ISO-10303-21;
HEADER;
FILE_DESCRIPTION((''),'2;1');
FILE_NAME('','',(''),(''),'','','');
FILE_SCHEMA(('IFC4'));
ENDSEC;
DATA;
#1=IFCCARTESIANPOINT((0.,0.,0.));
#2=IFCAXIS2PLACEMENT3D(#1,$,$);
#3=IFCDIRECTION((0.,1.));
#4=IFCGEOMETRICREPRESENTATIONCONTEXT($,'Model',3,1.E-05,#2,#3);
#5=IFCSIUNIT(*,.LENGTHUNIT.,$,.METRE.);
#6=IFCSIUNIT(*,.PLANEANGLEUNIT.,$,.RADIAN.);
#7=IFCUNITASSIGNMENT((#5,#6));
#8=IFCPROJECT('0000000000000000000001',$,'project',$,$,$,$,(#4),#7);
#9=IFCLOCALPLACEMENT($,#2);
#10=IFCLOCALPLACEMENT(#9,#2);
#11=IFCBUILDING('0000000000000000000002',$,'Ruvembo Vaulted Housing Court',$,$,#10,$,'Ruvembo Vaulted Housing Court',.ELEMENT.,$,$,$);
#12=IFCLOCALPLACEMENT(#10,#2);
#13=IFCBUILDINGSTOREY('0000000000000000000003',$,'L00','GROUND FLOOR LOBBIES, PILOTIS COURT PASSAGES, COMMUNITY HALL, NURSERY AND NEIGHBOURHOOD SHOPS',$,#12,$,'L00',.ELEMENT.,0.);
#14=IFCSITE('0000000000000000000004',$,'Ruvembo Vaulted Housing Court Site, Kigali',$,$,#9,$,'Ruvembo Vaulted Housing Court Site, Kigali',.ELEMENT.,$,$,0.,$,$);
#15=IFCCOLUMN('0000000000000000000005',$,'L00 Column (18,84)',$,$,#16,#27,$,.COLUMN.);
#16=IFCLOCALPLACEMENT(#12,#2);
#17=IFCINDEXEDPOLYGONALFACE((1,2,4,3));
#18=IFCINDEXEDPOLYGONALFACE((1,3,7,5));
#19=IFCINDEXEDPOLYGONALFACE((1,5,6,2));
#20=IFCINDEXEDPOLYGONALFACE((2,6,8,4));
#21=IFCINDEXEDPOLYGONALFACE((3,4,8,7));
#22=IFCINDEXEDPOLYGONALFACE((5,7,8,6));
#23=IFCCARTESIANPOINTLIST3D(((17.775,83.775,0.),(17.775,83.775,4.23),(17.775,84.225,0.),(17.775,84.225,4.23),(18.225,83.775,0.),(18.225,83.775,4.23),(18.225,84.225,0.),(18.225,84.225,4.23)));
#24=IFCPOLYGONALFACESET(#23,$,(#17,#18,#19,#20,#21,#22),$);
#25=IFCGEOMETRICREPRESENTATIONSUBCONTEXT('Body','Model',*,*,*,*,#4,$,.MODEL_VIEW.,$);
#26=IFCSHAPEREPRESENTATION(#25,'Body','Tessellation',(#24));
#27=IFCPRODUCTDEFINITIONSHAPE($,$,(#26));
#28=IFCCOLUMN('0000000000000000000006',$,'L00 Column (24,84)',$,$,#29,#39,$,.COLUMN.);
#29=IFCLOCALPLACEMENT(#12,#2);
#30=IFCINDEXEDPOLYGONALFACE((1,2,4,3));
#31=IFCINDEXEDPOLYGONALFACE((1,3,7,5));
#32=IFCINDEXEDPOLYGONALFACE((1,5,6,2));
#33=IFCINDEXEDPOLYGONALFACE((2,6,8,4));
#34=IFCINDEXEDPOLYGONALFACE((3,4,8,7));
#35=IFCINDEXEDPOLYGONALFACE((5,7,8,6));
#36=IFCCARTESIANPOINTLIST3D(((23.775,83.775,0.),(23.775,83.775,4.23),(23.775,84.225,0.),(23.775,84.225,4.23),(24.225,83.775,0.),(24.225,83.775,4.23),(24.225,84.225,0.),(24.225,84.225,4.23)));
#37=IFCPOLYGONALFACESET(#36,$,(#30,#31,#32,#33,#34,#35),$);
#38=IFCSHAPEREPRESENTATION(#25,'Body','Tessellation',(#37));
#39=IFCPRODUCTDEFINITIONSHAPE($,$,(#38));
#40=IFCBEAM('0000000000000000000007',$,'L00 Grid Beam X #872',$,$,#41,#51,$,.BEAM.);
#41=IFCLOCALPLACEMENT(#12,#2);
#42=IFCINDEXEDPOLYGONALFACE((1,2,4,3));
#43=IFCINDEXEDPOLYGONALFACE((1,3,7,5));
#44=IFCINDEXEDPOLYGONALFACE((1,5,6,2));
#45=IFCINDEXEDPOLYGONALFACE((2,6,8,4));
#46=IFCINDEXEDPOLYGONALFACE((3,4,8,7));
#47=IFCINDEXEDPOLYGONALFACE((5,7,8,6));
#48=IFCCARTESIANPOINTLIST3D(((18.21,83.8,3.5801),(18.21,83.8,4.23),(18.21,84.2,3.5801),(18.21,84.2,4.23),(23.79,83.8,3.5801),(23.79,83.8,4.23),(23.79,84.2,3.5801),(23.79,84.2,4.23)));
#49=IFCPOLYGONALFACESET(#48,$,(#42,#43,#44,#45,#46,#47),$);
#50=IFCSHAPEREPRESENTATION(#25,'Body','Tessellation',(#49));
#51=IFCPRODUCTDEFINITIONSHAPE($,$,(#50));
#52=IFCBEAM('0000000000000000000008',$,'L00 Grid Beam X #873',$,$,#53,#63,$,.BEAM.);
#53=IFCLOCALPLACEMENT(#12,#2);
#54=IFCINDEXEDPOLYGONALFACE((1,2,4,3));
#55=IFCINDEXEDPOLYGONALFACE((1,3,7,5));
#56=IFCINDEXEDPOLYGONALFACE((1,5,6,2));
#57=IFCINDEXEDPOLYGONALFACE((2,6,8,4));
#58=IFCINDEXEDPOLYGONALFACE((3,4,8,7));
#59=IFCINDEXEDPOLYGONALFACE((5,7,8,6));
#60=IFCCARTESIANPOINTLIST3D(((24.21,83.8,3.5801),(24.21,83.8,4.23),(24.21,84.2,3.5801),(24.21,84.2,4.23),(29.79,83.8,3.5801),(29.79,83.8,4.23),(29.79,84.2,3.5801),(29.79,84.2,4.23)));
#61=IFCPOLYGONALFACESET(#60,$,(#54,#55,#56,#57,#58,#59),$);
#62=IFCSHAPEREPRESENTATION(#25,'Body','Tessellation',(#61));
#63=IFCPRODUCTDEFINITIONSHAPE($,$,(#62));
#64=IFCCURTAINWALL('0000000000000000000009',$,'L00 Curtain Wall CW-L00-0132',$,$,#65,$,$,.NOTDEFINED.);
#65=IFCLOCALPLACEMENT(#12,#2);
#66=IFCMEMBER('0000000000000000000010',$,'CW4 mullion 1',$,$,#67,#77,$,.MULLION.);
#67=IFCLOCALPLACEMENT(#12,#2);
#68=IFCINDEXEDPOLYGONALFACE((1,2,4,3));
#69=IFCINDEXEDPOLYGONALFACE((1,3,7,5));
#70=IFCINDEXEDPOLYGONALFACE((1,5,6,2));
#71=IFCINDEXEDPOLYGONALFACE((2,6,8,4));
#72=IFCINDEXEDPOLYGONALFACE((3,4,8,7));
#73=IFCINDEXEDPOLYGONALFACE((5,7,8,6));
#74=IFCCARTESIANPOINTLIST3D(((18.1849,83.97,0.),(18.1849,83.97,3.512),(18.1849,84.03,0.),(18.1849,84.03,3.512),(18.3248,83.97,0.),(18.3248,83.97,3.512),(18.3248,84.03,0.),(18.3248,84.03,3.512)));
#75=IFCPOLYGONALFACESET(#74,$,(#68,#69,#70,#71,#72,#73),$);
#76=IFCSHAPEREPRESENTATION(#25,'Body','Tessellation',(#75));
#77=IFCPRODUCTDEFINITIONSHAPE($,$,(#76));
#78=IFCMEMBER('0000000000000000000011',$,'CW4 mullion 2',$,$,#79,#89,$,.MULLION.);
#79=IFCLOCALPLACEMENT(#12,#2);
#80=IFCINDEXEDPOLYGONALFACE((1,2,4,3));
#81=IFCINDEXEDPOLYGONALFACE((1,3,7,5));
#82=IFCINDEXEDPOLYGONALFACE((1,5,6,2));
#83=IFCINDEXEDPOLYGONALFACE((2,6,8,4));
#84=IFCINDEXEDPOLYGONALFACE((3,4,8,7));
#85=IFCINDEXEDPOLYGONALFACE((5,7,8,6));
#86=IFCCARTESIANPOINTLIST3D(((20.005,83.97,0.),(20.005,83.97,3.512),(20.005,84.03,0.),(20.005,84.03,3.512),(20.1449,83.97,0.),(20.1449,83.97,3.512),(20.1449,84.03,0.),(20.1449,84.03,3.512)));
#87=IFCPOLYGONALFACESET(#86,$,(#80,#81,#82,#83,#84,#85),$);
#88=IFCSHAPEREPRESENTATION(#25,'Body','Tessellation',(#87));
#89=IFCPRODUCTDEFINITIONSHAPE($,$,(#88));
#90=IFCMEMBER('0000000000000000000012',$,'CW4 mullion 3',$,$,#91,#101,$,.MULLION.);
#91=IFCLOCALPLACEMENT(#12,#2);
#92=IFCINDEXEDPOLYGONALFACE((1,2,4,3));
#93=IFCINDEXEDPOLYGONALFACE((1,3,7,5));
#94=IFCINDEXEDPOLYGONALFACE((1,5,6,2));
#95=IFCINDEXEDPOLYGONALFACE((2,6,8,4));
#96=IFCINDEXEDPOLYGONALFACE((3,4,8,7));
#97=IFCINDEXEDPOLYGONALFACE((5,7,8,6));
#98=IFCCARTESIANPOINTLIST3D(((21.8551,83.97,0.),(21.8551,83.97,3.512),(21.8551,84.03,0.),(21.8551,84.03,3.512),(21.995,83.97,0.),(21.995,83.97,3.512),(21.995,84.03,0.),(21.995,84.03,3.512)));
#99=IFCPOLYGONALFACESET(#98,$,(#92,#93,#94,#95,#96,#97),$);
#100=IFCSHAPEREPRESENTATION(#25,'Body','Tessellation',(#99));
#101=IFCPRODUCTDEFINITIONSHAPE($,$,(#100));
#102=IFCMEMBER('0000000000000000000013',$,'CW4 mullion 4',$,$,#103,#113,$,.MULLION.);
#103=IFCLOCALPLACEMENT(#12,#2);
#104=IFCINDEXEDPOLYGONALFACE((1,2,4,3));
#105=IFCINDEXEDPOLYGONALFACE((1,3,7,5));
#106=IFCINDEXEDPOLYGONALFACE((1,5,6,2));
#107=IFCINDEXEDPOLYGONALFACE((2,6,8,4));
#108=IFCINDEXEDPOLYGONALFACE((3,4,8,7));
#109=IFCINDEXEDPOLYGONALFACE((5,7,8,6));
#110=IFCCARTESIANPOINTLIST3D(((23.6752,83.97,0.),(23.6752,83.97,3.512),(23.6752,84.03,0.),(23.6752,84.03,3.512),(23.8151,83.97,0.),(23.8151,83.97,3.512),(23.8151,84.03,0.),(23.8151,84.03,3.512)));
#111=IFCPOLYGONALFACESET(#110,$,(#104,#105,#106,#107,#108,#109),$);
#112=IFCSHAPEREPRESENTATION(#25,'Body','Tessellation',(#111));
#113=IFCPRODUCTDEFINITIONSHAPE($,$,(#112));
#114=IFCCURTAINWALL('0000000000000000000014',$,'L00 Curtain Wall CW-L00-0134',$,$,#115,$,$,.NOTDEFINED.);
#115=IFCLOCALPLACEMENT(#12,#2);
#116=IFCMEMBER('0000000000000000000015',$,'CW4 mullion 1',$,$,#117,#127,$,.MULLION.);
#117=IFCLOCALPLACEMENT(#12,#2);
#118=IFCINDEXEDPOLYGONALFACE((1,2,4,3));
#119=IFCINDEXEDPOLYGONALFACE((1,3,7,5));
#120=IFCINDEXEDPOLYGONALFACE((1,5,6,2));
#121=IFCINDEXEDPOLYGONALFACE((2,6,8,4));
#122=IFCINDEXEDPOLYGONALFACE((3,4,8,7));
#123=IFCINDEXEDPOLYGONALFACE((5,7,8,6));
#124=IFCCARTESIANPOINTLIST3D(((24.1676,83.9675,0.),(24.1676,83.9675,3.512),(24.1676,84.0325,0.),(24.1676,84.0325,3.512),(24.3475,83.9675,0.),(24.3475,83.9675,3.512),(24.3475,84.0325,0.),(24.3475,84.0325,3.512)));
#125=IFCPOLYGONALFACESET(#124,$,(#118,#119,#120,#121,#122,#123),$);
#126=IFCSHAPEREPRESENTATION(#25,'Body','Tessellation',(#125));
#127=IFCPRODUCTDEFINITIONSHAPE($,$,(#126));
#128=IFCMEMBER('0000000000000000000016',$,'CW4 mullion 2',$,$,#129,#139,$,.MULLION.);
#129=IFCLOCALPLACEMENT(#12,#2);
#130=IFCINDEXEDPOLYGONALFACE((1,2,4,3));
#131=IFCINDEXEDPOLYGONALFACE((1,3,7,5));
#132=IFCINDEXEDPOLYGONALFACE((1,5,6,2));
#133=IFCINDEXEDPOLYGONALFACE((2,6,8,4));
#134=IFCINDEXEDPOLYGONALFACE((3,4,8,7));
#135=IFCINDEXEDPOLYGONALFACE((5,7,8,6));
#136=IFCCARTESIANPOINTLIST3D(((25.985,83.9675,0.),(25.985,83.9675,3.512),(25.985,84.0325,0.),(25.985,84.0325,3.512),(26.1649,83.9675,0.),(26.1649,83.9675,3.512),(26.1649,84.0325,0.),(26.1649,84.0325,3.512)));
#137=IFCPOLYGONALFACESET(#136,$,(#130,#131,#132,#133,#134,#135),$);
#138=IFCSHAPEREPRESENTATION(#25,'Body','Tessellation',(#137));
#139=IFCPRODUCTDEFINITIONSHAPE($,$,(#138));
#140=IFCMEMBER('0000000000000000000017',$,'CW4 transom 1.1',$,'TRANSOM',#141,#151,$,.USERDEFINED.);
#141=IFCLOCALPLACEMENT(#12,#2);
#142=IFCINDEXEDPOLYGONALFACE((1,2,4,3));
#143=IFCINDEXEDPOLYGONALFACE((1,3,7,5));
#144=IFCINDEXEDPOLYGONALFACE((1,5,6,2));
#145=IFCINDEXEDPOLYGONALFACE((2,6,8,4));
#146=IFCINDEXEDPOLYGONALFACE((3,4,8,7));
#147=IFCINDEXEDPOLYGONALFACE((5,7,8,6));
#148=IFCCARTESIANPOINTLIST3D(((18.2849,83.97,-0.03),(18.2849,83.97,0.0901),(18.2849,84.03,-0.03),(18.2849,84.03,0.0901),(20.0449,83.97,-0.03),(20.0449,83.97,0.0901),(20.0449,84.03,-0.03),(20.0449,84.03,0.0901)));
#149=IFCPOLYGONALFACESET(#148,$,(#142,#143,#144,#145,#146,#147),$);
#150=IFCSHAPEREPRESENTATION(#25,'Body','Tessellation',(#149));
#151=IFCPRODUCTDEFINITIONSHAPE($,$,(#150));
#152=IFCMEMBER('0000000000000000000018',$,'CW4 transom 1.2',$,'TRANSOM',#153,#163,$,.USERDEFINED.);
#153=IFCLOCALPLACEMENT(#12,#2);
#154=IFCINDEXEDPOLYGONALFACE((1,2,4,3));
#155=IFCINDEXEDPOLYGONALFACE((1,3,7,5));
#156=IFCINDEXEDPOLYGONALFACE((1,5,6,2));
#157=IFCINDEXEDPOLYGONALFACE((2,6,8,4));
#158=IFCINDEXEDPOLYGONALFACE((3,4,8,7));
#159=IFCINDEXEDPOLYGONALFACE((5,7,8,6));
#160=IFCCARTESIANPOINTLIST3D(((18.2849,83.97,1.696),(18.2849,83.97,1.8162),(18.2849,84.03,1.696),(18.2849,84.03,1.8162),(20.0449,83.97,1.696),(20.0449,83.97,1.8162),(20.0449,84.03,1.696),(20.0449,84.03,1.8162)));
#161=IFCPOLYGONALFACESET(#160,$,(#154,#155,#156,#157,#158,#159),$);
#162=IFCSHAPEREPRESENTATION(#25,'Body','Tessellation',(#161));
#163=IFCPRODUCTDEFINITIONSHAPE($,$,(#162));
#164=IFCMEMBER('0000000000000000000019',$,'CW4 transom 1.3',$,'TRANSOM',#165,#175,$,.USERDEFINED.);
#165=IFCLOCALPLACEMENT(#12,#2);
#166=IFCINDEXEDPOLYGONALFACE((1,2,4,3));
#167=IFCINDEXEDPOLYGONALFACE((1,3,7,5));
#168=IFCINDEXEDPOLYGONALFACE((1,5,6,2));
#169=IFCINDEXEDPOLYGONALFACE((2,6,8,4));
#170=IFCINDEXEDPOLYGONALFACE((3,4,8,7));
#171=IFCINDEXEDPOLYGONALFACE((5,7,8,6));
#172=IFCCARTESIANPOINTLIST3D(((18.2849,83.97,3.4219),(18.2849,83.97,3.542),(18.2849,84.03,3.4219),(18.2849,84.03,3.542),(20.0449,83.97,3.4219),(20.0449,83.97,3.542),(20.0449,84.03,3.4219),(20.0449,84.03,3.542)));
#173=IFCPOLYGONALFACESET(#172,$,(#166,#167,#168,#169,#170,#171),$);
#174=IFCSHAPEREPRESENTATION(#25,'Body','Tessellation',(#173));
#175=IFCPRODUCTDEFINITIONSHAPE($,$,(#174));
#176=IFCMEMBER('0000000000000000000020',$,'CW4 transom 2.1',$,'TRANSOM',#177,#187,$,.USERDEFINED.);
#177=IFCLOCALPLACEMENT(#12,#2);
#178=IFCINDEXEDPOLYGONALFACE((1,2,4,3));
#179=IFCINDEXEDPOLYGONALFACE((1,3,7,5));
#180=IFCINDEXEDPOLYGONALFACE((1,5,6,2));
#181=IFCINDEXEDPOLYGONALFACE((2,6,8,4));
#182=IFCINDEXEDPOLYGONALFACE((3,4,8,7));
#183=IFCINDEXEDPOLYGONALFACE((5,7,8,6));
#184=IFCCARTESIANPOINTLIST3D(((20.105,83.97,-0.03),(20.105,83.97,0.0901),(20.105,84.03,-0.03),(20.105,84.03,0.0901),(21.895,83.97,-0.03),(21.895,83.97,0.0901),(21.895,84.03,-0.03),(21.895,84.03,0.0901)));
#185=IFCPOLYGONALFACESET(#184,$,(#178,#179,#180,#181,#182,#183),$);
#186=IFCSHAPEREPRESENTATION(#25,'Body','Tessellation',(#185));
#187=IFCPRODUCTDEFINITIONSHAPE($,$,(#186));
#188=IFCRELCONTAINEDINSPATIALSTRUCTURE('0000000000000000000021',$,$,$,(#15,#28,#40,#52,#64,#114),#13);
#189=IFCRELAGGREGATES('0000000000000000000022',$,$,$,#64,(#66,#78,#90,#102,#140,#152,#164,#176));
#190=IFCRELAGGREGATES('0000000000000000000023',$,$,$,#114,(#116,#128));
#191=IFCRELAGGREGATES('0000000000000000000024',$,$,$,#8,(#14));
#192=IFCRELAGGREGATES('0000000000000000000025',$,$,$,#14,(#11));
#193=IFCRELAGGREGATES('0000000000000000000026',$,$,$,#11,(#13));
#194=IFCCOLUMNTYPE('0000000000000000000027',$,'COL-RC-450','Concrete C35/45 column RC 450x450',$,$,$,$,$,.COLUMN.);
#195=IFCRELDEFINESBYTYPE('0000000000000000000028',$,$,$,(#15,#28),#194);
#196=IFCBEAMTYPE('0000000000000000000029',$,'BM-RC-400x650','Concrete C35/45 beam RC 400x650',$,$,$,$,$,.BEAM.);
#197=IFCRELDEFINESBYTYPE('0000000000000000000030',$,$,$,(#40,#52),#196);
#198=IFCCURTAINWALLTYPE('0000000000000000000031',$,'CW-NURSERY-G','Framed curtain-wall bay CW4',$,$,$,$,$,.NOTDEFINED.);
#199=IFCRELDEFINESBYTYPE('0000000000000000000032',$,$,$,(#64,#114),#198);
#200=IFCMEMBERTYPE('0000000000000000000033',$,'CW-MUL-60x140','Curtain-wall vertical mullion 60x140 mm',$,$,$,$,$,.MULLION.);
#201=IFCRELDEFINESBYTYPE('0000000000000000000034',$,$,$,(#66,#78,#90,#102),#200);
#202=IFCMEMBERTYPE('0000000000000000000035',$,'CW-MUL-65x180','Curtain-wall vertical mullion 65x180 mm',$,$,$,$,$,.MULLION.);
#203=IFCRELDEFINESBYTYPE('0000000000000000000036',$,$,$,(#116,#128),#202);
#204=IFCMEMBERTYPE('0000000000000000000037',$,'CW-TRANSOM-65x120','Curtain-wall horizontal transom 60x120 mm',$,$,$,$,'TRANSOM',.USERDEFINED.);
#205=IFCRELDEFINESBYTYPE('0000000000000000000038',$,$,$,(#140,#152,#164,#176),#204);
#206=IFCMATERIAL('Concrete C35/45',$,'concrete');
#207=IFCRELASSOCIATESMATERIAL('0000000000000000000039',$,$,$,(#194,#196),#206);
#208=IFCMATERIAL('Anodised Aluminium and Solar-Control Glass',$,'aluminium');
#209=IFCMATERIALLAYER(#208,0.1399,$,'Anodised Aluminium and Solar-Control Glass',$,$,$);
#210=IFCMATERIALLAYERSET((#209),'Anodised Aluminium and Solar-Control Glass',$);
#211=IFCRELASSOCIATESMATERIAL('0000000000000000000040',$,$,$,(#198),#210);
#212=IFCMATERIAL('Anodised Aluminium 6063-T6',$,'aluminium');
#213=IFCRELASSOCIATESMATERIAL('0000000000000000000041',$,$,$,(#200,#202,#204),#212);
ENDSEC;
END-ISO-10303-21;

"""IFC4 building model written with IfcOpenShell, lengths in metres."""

from ifc_helpers import new_model, si_unit, direction, frame, origin, origin_2d, place, context, subcontext, project, spatial, rectangle, extrude, material, layer, layer_set, material_profile, profile_set, type_object, element, aggregate, save


model = new_model("IFC4")

# Units and contexts
model_context = context("Model", 3, precision=1e-05, world=origin(), true_north=direction((0.0, 1.0)))
body_context = subcontext(model_context, "Body", "Model", "MODEL_VIEW")
ifc_project = project(units=[si_unit("LENGTHUNIT", "METRE"), si_unit("PLANEANGLEUNIT", "RADIAN")], contexts=[model_context])

# Site, building, storey
site_placement = place(None, origin())
site = spatial("IfcSite", under=ifc_project, at=site_placement, Name="Ruvembo Vaulted Housing Court Site, Kigali", LongName="Ruvembo Vaulted Housing Court Site, Kigali", CompositionType="ELEMENT", RefElevation=0.0)
building_placement = place(site_placement, origin())
building = spatial("IfcBuilding", under=site, at=building_placement, Name="Ruvembo Vaulted Housing Court", LongName="Ruvembo Vaulted Housing Court", CompositionType="ELEMENT")
storey_placement = place(building_placement, origin())
storey = spatial("IfcBuildingStorey", under=building, at=storey_placement, Name="L00", Description="GROUND FLOOR LOBBIES, PILOTIS COURT PASSAGES, COMMUNITY HALL, NURSERY AND NEIGHBOURHOOD SHOPS", LongName="L00", CompositionType="ELEMENT", Elevation=0.0)

# Columns
ifc_material_1 = material(Name="Concrete C35/45", Category="concrete")
ifc_material_profile_1 = material_profile(ifc_material_1, rectangle(XDim=0.45, YDim=0.45, at=origin_2d()), Name="RC 450x450")
ifc_profile_set_1 = profile_set([ifc_material_profile_1], Name="Concrete C35/45")
column_type = type_object("IfcColumnType", Name="COL-RC-450", Description="Concrete C35/45 column RC 450x450", PredefinedType="COLUMN", material=ifc_profile_set_1)
for number, where, z_axis, x_axis, name in (
    (1, (18.0, 84.0, 0.0), (0.0, 0.0, 1.0), (1.0, 0.0, 0.0), "L00 Column (18,84)"),
    (2, (24.0, 84.0, 0.0), (0.0, 0.0, 1.0), (1.0, 0.0, 0.0), "L00 Column (24,84)"),
):
    element("IfcColumn", number, at=place(storey_placement, frame(where, z_axis=z_axis, x_axis=x_axis)), inside=storey, type_object=column_type, Name=name, PredefinedType="COLUMN", context=body_context, shape_type="SweptSolid", body=[
        extrude(rectangle(XDim=0.45, YDim=0.45, at=origin_2d()), origin(), (0.0, 0.0, 1.0), 4.23),
    ])

# Beams
ifc_material_profile_2 = material_profile(ifc_material_1, rectangle(XDim=0.3999, YDim=0.6499, at=origin_2d()), Name="RC 400x650")
ifc_profile_set_2 = profile_set([ifc_material_profile_2], Name="Concrete C35/45")
beam_type = type_object("IfcBeamType", Name="BM-RC-400x650", Description="Concrete C35/45 beam RC 400x650", PredefinedType="BEAM", material=ifc_profile_set_2)
for number, where, z_axis, x_axis, name in (
    (3, (18.21, 84.0, 3.905), (1.0, 0.0, 0.0), (0.0, 1.0, 0.0), "L00 Grid Beam X #872"),
    (4, (24.21, 84.0, 3.905), (1.0, 0.0, 0.0), (0.0, 1.0, 0.0), "L00 Grid Beam X #873"),
):
    element("IfcBeam", number, at=place(storey_placement, frame(where, z_axis=z_axis, x_axis=x_axis)), inside=storey, type_object=beam_type, Name=name, PredefinedType="BEAM", context=body_context, shape_type="SweptSolid", body=[
        extrude(rectangle(XDim=0.3999, YDim=0.6499, at=origin_2d()), origin(), (0.0, 0.0, 1.0), 5.5801),
    ])

# Curtain walls, members
ifc_material_2 = material(Name="Anodised Aluminium and Solar-Control Glass", Category="aluminium")
ifc_layer_1 = layer(ifc_material_2, 0.1399, Name="Anodised Aluminium and Solar-Control Glass")
ifc_layer_set_1 = layer_set([ifc_layer_1], Name="Anodised Aluminium and Solar-Control Glass")
curtain_wall_type = type_object("IfcCurtainWallType", Name="CW-NURSERY-G", Description="Framed curtain-wall bay CW4", PredefinedType="NOTDEFINED", material=ifc_layer_set_1)
curtain_wall_1_placement = place(storey_placement, origin())
curtain_wall_1 = element("IfcCurtainWall", 5, at=curtain_wall_1_placement, inside=storey, type_object=curtain_wall_type, Name="L00 Curtain Wall CW-L00-0132", PredefinedType="NOTDEFINED")
ifc_material_3 = material(Name="Anodised Aluminium 6063-T6", Category="aluminium")
ifc_material_profile_3 = material_profile(ifc_material_3, rectangle(XDim=0.0601, YDim=0.1399, at=origin_2d()), Name="ALU 60x140")
ifc_profile_set_3 = profile_set([ifc_material_profile_3], Name="Anodised Aluminium 6063-T6")
member_type_1 = type_object("IfcMemberType", Name="CW-MUL-60x140", Description="Curtain-wall vertical mullion 60x140 mm", PredefinedType="MULLION", material=ifc_profile_set_3)
member_1_placement = place(storey_placement, frame((18.2549, 84.0, 0.0), z_axis=(0.0, 0.0, 1.0), x_axis=(0.0, 1.0, 0.0)))
member_1 = element("IfcMember", 6, at=member_1_placement, type_object=member_type_1, Name="CW4 mullion 1", PredefinedType="MULLION", context=body_context, shape_type="SweptSolid", body=[
    extrude(rectangle(XDim=0.0601, YDim=0.1399, at=origin_2d()), origin(), (0.0, 0.0, 1.0), 3.512),
])
member_2_placement = place(storey_placement, frame((20.075, 84.0, 0.0), z_axis=(0.0, 0.0, 1.0), x_axis=(0.0, 1.0, 0.0)))
member_2 = element("IfcMember", 7, at=member_2_placement, type_object=member_type_1, Name="CW4 mullion 2", PredefinedType="MULLION", context=body_context, shape_type="SweptSolid", body=[
    extrude(rectangle(XDim=0.0601, YDim=0.1399, at=origin_2d()), origin(), (0.0, 0.0, 1.0), 3.512),
])
member_3_placement = place(storey_placement, frame((21.925, 84.0, 0.0), z_axis=(0.0, 0.0, 1.0), x_axis=(0.0, 1.0, 0.0)))
member_3 = element("IfcMember", 8, at=member_3_placement, type_object=member_type_1, Name="CW4 mullion 3", PredefinedType="MULLION", context=body_context, shape_type="SweptSolid", body=[
    extrude(rectangle(XDim=0.0601, YDim=0.1399, at=origin_2d()), origin(), (0.0, 0.0, 1.0), 3.512),
])
member_4_placement = place(storey_placement, frame((23.7451, 84.0, 0.0), z_axis=(0.0, 0.0, 1.0), x_axis=(0.0, 1.0, 0.0)))
member_4 = element("IfcMember", 9, at=member_4_placement, type_object=member_type_1, Name="CW4 mullion 4", PredefinedType="MULLION", context=body_context, shape_type="SweptSolid", body=[
    extrude(rectangle(XDim=0.0601, YDim=0.1399, at=origin_2d()), origin(), (0.0, 0.0, 1.0), 3.512),
])
curtain_wall_2_placement = place(storey_placement, origin())
curtain_wall_2 = element("IfcCurtainWall", 10, at=curtain_wall_2_placement, inside=storey, type_object=curtain_wall_type, Name="L00 Curtain Wall CW-L00-0134", PredefinedType="NOTDEFINED")
ifc_material_profile_4 = material_profile(ifc_material_3, rectangle(XDim=0.0649, YDim=0.1799, at=origin_2d()), Name="ALU 65x180")
ifc_profile_set_4 = profile_set([ifc_material_profile_4], Name="Anodised Aluminium 6063-T6")
member_type_2 = type_object("IfcMemberType", Name="CW-MUL-65x180", Description="Curtain-wall vertical mullion 65x180 mm", PredefinedType="MULLION", material=ifc_profile_set_4)
member_5_placement = place(storey_placement, frame((24.2576, 84.0, 0.0), z_axis=(0.0, 0.0, 1.0), x_axis=(0.0, 1.0, 0.0)))
member_5 = element("IfcMember", 11, at=member_5_placement, type_object=member_type_2, Name="CW4 mullion 1", PredefinedType="MULLION", context=body_context, shape_type="SweptSolid", body=[
    extrude(rectangle(XDim=0.0649, YDim=0.1799, at=origin_2d()), origin(), (0.0, 0.0, 1.0), 3.512),
])
member_6_placement = place(storey_placement, frame((26.075, 84.0, 0.0), z_axis=(0.0, 0.0, 1.0), x_axis=(0.0, 1.0, 0.0)))
member_6 = element("IfcMember", 12, at=member_6_placement, type_object=member_type_2, Name="CW4 mullion 2", PredefinedType="MULLION", context=body_context, shape_type="SweptSolid", body=[
    extrude(rectangle(XDim=0.0649, YDim=0.1799, at=origin_2d()), origin(), (0.0, 0.0, 1.0), 3.512),
])

# Members
ifc_material_profile_5 = material_profile(ifc_material_3, rectangle(XDim=0.0601, YDim=0.1201, at=origin_2d()), Name="ALU 60x120")
ifc_profile_set_5 = profile_set([ifc_material_profile_5], Name="Anodised Aluminium 6063-T6")
member_type_3 = type_object("IfcMemberType", Name="CW-TRANSOM-65x120", Description="Curtain-wall horizontal transom 60x120 mm", ElementType="TRANSOM", PredefinedType="USERDEFINED", material=ifc_profile_set_5)
member_7_placement = place(storey_placement, frame((18.2849, 84.0, 0.03), z_axis=(1.0, 0.0, 0.0), x_axis=(0.0, 1.0, 0.0)))
member_7 = element("IfcMember", 13, at=member_7_placement, type_object=member_type_3, Name="CW4 transom 1.1", ObjectType="TRANSOM", PredefinedType="USERDEFINED", context=body_context, shape_type="SweptSolid", body=[
    extrude(rectangle(XDim=0.0601, YDim=0.1201, at=origin_2d()), origin(), (0.0, 0.0, 1.0), 1.76),
])
member_8_placement = place(storey_placement, frame((18.2849, 84.0, 1.7561), z_axis=(1.0, 0.0, 0.0), x_axis=(0.0, 1.0, 0.0)))
member_8 = element("IfcMember", 14, at=member_8_placement, type_object=member_type_3, Name="CW4 transom 1.2", ObjectType="TRANSOM", PredefinedType="USERDEFINED", context=body_context, shape_type="SweptSolid", body=[
    extrude(rectangle(XDim=0.0601, YDim=0.1201, at=origin_2d()), origin(), (0.0, 0.0, 1.0), 1.76),
])
member_9_placement = place(storey_placement, frame((18.2849, 84.0, 3.4819), z_axis=(1.0, 0.0, 0.0), x_axis=(0.0, 1.0, 0.0)))
member_9 = element("IfcMember", 15, at=member_9_placement, type_object=member_type_3, Name="CW4 transom 1.3", ObjectType="TRANSOM", PredefinedType="USERDEFINED", context=body_context, shape_type="SweptSolid", body=[
    extrude(rectangle(XDim=0.0601, YDim=0.1201, at=origin_2d()), origin(), (0.0, 0.0, 1.0), 1.76),
])
member_10_placement = place(storey_placement, frame((20.105, 84.0, 0.03), z_axis=(1.0, 0.0, 0.0), x_axis=(0.0, 1.0, 0.0)))
member_10 = element("IfcMember", 16, at=member_10_placement, type_object=member_type_3, Name="CW4 transom 2.1", ObjectType="TRANSOM", PredefinedType="USERDEFINED", context=body_context, shape_type="SweptSolid", body=[
    extrude(rectangle(XDim=0.0601, YDim=0.1201, at=origin_2d()), origin(), (0.0, 0.0, 1.0), 1.79),
])

aggregate(curtain_wall_1, [member_1, member_2, member_3, member_4, member_7, member_8, member_9, member_10])
aggregate(curtain_wall_2, [member_5, member_6])

save(model, "model.ifc")
